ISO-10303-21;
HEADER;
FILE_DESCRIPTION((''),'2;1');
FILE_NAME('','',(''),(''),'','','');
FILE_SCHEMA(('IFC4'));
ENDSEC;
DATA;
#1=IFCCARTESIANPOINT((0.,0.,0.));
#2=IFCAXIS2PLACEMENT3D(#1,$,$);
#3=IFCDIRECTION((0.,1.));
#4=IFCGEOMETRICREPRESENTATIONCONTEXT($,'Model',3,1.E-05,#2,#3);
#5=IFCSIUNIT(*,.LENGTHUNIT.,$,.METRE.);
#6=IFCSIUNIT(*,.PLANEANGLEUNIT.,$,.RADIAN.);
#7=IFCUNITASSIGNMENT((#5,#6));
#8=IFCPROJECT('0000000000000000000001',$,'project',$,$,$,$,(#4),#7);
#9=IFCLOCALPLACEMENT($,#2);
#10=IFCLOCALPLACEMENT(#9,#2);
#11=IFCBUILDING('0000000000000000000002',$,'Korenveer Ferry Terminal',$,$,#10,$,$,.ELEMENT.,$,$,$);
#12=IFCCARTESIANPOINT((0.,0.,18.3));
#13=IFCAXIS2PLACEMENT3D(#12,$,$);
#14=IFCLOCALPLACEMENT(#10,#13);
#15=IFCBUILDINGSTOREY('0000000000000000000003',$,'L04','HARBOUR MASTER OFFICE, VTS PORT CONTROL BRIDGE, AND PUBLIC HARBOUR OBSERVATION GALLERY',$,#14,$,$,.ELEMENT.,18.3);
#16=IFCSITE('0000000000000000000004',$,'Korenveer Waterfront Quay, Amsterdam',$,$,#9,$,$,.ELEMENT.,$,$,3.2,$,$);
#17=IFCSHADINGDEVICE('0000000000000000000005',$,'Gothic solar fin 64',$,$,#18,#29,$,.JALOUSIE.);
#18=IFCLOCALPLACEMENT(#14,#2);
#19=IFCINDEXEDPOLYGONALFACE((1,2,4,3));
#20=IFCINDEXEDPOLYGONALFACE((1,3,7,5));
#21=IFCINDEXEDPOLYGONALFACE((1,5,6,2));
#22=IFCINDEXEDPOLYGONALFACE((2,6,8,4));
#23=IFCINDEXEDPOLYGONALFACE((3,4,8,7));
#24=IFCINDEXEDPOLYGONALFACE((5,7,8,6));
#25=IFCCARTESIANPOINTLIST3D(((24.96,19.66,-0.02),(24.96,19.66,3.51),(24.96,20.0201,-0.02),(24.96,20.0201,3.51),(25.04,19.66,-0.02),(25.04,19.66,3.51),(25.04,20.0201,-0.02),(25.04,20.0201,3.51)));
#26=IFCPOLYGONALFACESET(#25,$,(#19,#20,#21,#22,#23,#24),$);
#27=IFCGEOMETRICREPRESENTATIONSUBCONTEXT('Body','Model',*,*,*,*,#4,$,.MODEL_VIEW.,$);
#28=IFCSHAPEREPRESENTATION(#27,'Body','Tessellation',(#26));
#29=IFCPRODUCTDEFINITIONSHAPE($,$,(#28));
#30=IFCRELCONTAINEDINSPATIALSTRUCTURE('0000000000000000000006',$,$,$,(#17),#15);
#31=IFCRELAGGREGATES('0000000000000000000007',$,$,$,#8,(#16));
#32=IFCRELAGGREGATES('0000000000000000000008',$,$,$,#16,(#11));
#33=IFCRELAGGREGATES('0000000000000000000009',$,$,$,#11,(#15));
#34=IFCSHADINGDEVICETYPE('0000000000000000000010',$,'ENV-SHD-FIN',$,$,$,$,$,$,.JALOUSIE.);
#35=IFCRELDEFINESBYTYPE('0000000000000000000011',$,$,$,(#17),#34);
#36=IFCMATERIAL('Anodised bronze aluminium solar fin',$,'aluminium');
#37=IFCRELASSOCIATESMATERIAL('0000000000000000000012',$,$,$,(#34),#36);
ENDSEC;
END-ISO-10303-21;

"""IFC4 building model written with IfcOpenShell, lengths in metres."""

from ifc_helpers import new_model, si_unit, direction, frame, origin, origin_2d, place, context, subcontext, project, spatial, rectangle, extrude, material, type_object, element, save


model = new_model("IFC4")

# Units and contexts
model_context = context("Model", 3, precision=1e-05, world=origin(), true_north=direction((0.0, 1.0)))
body_context = subcontext(model_context, "Body", "Model", "MODEL_VIEW")
ifc_project = project(units=[si_unit("LENGTHUNIT", "METRE"), si_unit("PLANEANGLEUNIT", "RADIAN")], contexts=[model_context])

# Site, building, storey
site_placement = place(None, origin())
site = spatial("IfcSite", under=ifc_project, at=site_placement, Name="Korenveer Waterfront Quay, Amsterdam", CompositionType="ELEMENT", RefElevation=3.2)
building_placement = place(site_placement, origin())
building = spatial("IfcBuilding", under=site, at=building_placement, Name="Korenveer Ferry Terminal", CompositionType="ELEMENT")
storey_placement = place(building_placement, frame((0.0, 0.0, 18.3)))
storey = spatial("IfcBuildingStorey", under=building, at=storey_placement, Name="L04", Description="HARBOUR MASTER OFFICE, VTS PORT CONTROL BRIDGE, AND PUBLIC HARBOUR OBSERVATION GALLERY", CompositionType="ELEMENT", Elevation=18.3)

# Shading device
ifc_material_1 = material(Name="Anodised bronze aluminium solar fin", Category="aluminium")
shading_device_type = type_object("IfcShadingDeviceType", Name="ENV-SHD-FIN", PredefinedType="JALOUSIE", material=ifc_material_1)
shading_device_placement = place(storey_placement, frame((25.0, 19.8401, -0.02), z_axis=(0.0, 0.0, 1.0), x_axis=(0.0, 1.0, 0.0)))
element("IfcShadingDevice", 1, at=shading_device_placement, inside=storey, type_object=shading_device_type, Name="Gothic solar fin 64", PredefinedType="JALOUSIE", context=body_context, shape_type="SweptSolid", body=[
    extrude(rectangle(XDim=0.3601, YDim=0.0801, at=origin_2d()), origin(), (0.0, 0.0, 1.0), 3.53),
])

save(model, "model.ifc")
